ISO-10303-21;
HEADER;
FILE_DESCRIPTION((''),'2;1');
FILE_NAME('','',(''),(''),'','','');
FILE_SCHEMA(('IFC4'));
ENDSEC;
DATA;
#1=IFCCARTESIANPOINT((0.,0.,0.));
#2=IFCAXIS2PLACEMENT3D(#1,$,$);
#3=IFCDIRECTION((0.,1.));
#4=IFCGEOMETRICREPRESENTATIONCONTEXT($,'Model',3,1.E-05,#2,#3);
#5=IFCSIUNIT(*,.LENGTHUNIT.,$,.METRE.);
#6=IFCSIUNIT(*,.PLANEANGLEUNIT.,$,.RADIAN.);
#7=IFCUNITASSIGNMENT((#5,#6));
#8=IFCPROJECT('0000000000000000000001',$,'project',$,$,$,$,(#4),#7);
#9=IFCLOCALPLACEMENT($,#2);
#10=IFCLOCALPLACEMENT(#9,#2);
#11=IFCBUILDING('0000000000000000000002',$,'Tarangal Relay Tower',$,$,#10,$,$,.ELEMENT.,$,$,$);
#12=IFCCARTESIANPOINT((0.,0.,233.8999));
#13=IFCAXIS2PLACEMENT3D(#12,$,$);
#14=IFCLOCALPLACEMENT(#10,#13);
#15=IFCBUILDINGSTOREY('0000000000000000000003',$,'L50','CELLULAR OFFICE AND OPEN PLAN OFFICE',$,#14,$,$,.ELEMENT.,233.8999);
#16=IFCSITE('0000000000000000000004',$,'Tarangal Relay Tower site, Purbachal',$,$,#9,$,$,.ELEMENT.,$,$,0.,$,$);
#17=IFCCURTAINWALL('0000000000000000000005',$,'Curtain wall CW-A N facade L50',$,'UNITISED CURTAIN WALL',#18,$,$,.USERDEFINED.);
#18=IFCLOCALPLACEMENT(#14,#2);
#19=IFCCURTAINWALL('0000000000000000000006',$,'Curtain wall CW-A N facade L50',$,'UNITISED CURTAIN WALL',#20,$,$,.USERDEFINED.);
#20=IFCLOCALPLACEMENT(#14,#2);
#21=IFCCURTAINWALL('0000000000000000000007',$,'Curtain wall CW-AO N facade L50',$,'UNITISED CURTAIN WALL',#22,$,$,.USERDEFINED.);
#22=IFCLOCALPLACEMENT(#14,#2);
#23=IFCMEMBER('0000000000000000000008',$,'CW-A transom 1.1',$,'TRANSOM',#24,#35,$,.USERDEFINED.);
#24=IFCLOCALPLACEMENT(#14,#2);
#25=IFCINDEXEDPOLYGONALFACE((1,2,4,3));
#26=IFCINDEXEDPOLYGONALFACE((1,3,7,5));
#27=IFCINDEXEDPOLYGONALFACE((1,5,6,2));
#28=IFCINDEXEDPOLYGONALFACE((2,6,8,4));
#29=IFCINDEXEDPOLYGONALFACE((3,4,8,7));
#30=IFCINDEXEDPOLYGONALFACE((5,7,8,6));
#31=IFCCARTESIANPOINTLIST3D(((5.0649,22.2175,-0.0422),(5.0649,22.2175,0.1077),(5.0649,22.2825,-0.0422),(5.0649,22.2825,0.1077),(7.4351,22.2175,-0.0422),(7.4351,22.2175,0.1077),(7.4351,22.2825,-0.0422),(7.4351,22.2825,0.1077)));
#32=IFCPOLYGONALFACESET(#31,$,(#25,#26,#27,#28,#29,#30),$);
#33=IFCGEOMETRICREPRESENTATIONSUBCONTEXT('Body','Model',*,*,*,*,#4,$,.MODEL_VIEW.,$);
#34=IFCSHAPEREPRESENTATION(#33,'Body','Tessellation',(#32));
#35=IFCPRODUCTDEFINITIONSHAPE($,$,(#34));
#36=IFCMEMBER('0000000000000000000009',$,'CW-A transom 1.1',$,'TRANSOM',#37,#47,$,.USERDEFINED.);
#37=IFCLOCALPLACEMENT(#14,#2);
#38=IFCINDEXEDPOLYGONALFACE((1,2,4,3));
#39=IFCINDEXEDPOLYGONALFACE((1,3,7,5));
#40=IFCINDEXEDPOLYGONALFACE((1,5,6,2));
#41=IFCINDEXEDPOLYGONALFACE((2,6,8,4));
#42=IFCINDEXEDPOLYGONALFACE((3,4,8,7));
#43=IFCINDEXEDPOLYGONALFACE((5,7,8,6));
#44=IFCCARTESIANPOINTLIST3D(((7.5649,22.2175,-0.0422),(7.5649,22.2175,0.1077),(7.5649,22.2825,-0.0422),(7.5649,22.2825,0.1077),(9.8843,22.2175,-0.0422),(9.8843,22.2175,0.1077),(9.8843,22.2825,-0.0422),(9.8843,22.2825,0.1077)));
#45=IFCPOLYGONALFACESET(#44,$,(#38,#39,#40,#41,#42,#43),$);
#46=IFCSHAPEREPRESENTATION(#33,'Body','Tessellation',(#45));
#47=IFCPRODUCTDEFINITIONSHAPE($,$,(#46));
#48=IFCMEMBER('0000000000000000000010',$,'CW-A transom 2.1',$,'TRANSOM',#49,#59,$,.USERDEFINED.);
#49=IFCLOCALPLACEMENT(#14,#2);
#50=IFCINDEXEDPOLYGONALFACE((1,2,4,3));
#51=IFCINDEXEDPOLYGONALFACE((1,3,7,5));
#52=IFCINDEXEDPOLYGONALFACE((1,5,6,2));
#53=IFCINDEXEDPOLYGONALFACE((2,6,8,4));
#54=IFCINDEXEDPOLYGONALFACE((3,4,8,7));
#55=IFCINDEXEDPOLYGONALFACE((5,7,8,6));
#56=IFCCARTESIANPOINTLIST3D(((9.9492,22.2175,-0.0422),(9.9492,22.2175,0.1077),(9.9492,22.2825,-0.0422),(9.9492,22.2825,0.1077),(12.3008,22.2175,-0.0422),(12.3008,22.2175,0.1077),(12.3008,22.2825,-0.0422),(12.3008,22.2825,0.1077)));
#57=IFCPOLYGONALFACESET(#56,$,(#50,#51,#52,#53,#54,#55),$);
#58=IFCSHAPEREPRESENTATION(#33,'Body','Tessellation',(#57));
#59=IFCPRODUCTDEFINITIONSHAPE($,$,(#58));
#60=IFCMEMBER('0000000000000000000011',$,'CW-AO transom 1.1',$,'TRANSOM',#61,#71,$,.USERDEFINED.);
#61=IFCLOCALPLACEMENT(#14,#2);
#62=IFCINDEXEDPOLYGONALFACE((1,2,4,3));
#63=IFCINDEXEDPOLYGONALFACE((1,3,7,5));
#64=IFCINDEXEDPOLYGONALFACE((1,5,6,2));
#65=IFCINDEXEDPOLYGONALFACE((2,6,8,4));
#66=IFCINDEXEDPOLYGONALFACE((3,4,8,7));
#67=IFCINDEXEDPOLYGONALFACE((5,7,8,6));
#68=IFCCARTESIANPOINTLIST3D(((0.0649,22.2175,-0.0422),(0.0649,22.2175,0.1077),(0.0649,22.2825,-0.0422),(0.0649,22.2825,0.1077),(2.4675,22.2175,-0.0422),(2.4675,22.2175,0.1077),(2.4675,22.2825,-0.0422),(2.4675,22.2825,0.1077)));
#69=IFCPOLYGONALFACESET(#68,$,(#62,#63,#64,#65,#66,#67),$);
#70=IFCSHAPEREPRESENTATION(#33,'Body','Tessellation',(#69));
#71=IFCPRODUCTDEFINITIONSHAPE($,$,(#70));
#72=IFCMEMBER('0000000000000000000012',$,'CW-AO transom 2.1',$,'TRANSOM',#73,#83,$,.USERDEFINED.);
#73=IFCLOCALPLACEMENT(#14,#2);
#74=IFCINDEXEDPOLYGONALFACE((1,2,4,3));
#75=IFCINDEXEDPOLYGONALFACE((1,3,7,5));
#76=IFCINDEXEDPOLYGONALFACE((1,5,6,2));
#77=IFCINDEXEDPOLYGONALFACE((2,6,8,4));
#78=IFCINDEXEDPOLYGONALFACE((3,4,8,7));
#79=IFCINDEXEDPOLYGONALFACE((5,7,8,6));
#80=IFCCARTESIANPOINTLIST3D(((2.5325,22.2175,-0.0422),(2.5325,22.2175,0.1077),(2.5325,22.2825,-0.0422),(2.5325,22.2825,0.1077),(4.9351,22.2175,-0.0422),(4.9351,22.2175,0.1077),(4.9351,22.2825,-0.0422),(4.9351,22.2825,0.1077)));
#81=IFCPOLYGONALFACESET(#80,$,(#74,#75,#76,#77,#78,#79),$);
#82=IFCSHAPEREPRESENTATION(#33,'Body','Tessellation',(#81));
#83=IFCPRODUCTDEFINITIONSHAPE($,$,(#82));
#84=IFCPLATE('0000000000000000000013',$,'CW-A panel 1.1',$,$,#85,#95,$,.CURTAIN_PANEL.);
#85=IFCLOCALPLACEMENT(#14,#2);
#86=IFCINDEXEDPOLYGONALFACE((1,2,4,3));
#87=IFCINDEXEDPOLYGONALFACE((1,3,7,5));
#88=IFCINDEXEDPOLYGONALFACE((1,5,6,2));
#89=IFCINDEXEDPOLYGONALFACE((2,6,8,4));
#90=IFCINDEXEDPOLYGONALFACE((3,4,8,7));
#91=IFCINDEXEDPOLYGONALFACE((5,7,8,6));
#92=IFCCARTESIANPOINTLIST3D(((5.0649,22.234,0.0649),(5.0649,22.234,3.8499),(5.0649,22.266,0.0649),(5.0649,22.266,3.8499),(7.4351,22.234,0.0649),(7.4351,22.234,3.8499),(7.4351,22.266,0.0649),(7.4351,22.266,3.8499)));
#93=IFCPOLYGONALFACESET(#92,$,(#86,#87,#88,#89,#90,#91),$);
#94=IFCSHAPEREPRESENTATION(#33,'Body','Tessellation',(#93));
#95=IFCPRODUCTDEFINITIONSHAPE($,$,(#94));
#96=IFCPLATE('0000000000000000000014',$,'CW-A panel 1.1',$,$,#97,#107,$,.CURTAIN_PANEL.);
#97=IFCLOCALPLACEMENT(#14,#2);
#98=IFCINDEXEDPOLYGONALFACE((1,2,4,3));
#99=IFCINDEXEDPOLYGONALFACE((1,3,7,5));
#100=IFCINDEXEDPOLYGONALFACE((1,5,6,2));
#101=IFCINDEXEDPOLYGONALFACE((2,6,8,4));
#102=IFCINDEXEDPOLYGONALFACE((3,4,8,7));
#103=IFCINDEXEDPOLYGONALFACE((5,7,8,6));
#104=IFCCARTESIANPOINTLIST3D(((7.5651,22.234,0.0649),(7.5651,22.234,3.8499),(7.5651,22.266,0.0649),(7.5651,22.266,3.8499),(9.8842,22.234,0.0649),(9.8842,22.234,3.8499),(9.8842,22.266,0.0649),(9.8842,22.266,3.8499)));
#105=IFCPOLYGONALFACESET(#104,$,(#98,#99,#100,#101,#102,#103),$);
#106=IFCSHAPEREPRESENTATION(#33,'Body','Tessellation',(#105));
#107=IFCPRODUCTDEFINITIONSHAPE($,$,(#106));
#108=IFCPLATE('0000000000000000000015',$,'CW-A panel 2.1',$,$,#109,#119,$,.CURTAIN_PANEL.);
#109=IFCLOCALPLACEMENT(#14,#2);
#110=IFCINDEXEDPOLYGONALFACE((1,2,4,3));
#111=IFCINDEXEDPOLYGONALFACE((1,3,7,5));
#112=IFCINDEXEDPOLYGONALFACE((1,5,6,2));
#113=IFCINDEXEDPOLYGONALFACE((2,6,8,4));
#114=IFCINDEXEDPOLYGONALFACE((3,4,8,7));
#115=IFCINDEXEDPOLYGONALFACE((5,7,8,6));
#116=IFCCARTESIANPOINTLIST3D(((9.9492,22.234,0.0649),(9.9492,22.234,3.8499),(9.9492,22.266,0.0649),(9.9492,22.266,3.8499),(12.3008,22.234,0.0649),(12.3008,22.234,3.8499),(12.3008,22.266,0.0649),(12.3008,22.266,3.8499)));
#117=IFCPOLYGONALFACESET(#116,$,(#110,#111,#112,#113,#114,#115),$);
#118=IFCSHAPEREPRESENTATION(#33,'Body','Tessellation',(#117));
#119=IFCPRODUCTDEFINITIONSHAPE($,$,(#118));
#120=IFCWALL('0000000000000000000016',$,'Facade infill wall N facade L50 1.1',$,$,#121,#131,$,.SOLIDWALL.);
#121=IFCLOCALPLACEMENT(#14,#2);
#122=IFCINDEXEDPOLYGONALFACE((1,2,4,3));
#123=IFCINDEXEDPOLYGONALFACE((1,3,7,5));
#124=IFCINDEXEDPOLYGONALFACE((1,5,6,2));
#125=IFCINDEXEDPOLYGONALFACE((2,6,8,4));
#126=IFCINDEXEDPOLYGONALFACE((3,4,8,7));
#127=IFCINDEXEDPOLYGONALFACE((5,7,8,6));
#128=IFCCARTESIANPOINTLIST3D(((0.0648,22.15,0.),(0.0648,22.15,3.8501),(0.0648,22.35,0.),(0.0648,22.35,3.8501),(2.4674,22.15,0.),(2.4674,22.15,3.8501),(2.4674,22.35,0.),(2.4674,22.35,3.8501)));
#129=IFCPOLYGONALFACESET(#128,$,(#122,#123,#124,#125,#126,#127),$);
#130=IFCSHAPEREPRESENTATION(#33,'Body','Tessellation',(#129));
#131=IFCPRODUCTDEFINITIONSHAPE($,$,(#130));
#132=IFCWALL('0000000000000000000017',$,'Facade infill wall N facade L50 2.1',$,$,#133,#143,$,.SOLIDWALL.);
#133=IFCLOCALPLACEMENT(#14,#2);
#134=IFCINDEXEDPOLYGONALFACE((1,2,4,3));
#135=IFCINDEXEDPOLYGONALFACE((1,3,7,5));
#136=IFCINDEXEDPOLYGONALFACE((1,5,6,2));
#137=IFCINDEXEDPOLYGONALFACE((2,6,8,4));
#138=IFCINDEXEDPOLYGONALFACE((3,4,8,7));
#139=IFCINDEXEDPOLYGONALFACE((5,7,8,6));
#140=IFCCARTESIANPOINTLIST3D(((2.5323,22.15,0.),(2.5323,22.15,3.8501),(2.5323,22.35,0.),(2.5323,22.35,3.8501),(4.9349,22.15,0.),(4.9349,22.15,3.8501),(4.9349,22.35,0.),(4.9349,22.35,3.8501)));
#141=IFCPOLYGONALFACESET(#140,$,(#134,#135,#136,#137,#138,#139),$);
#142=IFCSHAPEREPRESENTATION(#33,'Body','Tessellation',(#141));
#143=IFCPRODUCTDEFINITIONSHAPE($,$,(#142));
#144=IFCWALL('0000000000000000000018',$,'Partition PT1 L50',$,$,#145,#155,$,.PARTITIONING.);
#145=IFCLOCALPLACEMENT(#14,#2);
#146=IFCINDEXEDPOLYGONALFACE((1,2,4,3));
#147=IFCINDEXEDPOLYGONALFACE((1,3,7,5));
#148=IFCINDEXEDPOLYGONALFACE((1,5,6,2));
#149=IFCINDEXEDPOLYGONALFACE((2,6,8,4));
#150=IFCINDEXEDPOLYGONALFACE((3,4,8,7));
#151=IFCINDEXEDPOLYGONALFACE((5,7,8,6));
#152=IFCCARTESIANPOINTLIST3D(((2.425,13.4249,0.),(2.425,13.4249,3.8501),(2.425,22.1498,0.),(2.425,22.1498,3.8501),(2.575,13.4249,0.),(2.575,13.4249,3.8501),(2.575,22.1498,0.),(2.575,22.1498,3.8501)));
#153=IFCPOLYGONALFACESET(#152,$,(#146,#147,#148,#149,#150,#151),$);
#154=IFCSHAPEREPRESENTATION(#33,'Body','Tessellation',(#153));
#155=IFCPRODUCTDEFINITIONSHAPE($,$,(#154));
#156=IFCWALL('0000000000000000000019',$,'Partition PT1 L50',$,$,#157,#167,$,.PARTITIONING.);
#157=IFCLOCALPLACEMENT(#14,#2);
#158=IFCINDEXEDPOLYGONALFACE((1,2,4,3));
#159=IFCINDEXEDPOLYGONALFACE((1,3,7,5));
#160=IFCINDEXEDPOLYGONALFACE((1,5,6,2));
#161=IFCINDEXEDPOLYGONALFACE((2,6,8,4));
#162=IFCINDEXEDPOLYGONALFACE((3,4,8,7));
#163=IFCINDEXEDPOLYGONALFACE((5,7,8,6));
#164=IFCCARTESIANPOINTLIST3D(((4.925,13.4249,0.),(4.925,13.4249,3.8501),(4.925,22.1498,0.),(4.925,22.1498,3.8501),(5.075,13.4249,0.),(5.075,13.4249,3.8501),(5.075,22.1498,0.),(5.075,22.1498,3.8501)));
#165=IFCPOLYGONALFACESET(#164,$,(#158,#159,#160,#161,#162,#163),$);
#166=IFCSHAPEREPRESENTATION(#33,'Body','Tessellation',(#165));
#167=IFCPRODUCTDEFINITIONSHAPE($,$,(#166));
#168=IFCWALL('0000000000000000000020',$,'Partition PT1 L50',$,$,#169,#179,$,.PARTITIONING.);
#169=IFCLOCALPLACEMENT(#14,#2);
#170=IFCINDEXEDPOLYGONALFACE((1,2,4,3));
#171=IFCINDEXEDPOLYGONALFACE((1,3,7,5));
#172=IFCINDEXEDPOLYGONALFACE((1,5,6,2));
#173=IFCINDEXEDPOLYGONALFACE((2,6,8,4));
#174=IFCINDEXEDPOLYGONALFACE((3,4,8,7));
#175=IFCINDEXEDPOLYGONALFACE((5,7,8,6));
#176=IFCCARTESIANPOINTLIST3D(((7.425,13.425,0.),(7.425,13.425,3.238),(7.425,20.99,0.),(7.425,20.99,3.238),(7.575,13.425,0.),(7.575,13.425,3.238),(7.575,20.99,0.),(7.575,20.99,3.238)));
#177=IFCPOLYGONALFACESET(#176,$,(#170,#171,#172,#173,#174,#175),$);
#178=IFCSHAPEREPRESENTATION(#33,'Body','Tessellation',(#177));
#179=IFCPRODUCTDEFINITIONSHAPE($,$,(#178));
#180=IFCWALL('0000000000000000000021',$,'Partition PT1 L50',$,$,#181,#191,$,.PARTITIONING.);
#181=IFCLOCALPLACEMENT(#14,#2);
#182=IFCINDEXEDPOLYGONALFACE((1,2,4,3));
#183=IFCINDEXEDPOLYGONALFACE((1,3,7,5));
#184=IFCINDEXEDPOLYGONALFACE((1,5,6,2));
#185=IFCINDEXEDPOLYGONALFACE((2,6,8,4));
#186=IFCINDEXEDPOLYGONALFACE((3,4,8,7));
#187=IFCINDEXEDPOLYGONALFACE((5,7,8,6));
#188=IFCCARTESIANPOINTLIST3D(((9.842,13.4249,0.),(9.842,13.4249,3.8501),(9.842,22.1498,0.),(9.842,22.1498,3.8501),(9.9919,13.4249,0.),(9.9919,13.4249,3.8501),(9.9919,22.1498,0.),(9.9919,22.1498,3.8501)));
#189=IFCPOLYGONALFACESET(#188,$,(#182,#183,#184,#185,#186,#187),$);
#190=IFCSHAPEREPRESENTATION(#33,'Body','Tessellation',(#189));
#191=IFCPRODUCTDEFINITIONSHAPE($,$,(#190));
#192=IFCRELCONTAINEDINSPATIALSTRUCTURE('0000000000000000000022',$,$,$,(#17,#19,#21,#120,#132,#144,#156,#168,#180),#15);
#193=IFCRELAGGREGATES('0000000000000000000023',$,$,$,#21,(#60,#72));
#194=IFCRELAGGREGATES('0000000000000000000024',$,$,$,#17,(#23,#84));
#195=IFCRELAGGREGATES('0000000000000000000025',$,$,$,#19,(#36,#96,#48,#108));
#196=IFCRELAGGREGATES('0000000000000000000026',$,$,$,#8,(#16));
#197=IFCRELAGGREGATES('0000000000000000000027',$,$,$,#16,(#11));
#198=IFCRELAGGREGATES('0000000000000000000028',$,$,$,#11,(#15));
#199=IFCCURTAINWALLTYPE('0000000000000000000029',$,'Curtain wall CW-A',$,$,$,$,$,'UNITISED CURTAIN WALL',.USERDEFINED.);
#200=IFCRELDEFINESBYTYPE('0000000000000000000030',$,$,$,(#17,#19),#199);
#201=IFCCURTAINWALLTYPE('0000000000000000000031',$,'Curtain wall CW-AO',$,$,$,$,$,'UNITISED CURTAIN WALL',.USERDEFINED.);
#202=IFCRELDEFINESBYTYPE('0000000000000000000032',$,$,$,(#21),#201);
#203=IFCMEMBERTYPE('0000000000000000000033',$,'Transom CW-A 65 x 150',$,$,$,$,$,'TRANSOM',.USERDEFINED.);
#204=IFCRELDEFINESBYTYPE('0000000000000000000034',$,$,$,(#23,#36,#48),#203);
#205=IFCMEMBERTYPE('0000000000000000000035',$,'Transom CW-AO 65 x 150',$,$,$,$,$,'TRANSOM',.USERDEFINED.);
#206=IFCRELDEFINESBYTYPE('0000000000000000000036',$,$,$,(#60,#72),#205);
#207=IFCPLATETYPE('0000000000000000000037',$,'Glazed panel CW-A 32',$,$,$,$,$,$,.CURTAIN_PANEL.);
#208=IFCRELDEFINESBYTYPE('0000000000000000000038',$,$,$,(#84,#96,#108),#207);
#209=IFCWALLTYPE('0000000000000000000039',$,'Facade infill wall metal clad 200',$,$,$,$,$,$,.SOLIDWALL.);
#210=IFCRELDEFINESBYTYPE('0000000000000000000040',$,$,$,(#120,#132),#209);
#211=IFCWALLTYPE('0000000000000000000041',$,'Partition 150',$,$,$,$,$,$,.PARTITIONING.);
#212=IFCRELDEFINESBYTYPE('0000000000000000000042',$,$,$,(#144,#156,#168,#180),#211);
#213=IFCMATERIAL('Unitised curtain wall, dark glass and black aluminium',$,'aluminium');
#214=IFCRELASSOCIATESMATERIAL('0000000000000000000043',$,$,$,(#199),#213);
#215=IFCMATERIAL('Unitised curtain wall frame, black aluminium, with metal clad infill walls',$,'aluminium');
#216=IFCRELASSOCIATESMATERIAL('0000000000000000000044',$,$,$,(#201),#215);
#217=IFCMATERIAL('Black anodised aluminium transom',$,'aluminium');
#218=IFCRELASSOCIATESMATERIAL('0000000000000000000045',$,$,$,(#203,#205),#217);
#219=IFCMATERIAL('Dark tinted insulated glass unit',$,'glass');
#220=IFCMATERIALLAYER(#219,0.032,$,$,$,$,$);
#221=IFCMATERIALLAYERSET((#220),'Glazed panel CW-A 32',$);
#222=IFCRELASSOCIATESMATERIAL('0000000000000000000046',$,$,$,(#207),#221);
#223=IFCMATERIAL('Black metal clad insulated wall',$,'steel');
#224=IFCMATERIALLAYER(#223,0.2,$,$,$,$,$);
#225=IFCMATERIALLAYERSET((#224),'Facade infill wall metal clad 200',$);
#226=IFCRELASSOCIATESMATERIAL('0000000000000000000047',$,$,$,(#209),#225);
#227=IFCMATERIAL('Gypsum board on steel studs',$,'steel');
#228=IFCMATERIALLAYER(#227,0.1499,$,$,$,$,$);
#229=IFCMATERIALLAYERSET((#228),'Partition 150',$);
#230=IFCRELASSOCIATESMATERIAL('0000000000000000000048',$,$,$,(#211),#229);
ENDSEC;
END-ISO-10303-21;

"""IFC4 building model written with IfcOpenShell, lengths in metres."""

from ifc_helpers import new_model, si_unit, direction, frame, frame_2d, origin, origin_2d, place, context, subcontext, project, spatial, rectangle, extrude, material, layer, layer_set, material_profile, profile_set, type_object, element, aggregate, save


model = new_model("IFC4")

# Units and contexts
model_context = context("Model", 3, precision=1e-05, world=origin(), true_north=direction((0.0, 1.0)))
body_context = subcontext(model_context, "Body", "Model", "MODEL_VIEW")
ifc_project = project(units=[si_unit("LENGTHUNIT", "METRE"), si_unit("PLANEANGLEUNIT", "RADIAN")], contexts=[model_context])

# Site, building, storey
site_placement = place(None, origin())
site = spatial("IfcSite", under=ifc_project, at=site_placement, Name="Tarangal Relay Tower site, Purbachal", CompositionType="ELEMENT", RefElevation=0.0)
building_placement = place(site_placement, origin())
building = spatial("IfcBuilding", under=site, at=building_placement, Name="Tarangal Relay Tower", CompositionType="ELEMENT")
storey_placement = place(building_placement, frame((0.0, 0.0, 233.8999)))
storey = spatial("IfcBuildingStorey", under=building, at=storey_placement, Name="L50", Description="CELLULAR OFFICE AND OPEN PLAN OFFICE", CompositionType="ELEMENT", Elevation=233.8999)

# Curtain walls
ifc_material_1 = material(Name="Unitised curtain wall, dark glass and black aluminium", Category="aluminium")
curtain_wall_type_1 = type_object("IfcCurtainWallType", Name="Curtain wall CW-A", ElementType="UNITISED CURTAIN WALL", PredefinedType="USERDEFINED", material=ifc_material_1)
curtain_wall_1_placement = place(storey_placement, origin())
curtain_wall_1 = element("IfcCurtainWall", 1, at=curtain_wall_1_placement, inside=storey, type_object=curtain_wall_type_1, Name="Curtain wall CW-A N facade L50", ObjectType="UNITISED CURTAIN WALL", PredefinedType="USERDEFINED")
curtain_wall_2_placement = place(storey_placement, origin())
curtain_wall_2 = element("IfcCurtainWall", 2, at=curtain_wall_2_placement, inside=storey, type_object=curtain_wall_type_1, Name="Curtain wall CW-A N facade L50", ObjectType="UNITISED CURTAIN WALL", PredefinedType="USERDEFINED")
ifc_material_2 = material(Name="Unitised curtain wall frame, black aluminium, with metal clad infill walls", Category="aluminium")
curtain_wall_type_2 = type_object("IfcCurtainWallType", Name="Curtain wall CW-AO", ElementType="UNITISED CURTAIN WALL", PredefinedType="USERDEFINED", material=ifc_material_2)
curtain_wall_3_placement = place(storey_placement, origin())
curtain_wall_3 = element("IfcCurtainWall", 3, at=curtain_wall_3_placement, inside=storey, type_object=curtain_wall_type_2, Name="Curtain wall CW-AO N facade L50", ObjectType="UNITISED CURTAIN WALL", PredefinedType="USERDEFINED")

# Members
ifc_material_3 = material(Name="Black anodised aluminium transom", Category="aluminium")
ifc_material_profile_1 = material_profile(ifc_material_3, rectangle(XDim=0.0649, YDim=0.1499, at=origin_2d()), Name="CW-AT 65X150")
ifc_profile_set_1 = profile_set([ifc_material_profile_1], Name="Black anodised aluminium transom")
member_type_1 = type_object("IfcMemberType", Name="Transom CW-A 65 x 150", ElementType="TRANSOM", PredefinedType="USERDEFINED", material=ifc_profile_set_1)
member_1_placement = place(storey_placement, frame((5.0649, 22.25, 0.0327), z_axis=(1.0, 0.0, 0.0), x_axis=(0.0, 1.0, 0.0)))
member_1 = element("IfcMember", 4, at=member_1_placement, type_object=member_type_1, Name="CW-A transom 1.1", ObjectType="TRANSOM", PredefinedType="USERDEFINED", context=body_context, shape_type="SweptSolid", body=[
    extrude(rectangle(XDim=0.0649, YDim=0.1499, at=origin_2d()), origin(), (0.0, 0.0, 1.0), 2.3701),
])
member_2_placement = place(storey_placement, frame((7.5649, 22.25, 0.0327), z_axis=(1.0, 0.0, 0.0), x_axis=(0.0, 1.0, 0.0)))
member_2 = element("IfcMember", 5, at=member_2_placement, type_object=member_type_1, Name="CW-A transom 1.1", ObjectType="TRANSOM", PredefinedType="USERDEFINED", context=body_context, shape_type="SweptSolid", body=[
    extrude(rectangle(XDim=0.0649, YDim=0.1499, at=origin_2d()), origin(), (0.0, 0.0, 1.0), 2.3193),
])
member_3_placement = place(storey_placement, frame((9.9492, 22.25, 0.0327), z_axis=(1.0, 0.0, 0.0), x_axis=(0.0, 1.0, 0.0)))
member_3 = element("IfcMember", 6, at=member_3_placement, type_object=member_type_1, Name="CW-A transom 2.1", ObjectType="TRANSOM", PredefinedType="USERDEFINED", context=body_context, shape_type="SweptSolid", body=[
    extrude(rectangle(XDim=0.0649, YDim=0.1499, at=origin_2d()), origin(), (0.0, 0.0, 1.0), 2.3516),
])
ifc_material_profile_2 = material_profile(ifc_material_3, rectangle(XDim=0.0649, YDim=0.1499, at=origin_2d()), Name="CW-AOT 65X150")
ifc_profile_set_2 = profile_set([ifc_material_profile_2], Name="Black anodised aluminium transom")
member_type_2 = type_object("IfcMemberType", Name="Transom CW-AO 65 x 150", ElementType="TRANSOM", PredefinedType="USERDEFINED", material=ifc_profile_set_2)
member_4_placement = place(storey_placement, frame((0.0649, 22.25, 0.0327), z_axis=(1.0, 0.0, 0.0), x_axis=(0.0, 1.0, 0.0)))
member_4 = element("IfcMember", 7, at=member_4_placement, type_object=member_type_2, Name="CW-AO transom 1.1", ObjectType="TRANSOM", PredefinedType="USERDEFINED", context=body_context, shape_type="SweptSolid", body=[
    extrude(rectangle(XDim=0.0649, YDim=0.1499, at=origin_2d()), origin(), (0.0, 0.0, 1.0), 2.4026),
])
member_5_placement = place(storey_placement, frame((2.5325, 22.25, 0.0327), z_axis=(1.0, 0.0, 0.0), x_axis=(0.0, 1.0, 0.0)))
member_5 = element("IfcMember", 8, at=member_5_placement, type_object=member_type_2, Name="CW-AO transom 2.1", ObjectType="TRANSOM", PredefinedType="USERDEFINED", context=body_context, shape_type="SweptSolid", body=[
    extrude(rectangle(XDim=0.0649, YDim=0.1499, at=origin_2d()), origin(), (0.0, 0.0, 1.0), 2.4026),
])
aggregate(curtain_wall_3, [member_4, member_5])

# Plates
ifc_material_4 = material(Name="Dark tinted insulated glass unit", Category="glass")
ifc_layer_1 = layer(ifc_material_4, 0.032)
ifc_layer_set_1 = layer_set([ifc_layer_1], Name="Glazed panel CW-A 32")
plate_type = type_object("IfcPlateType", Name="Glazed panel CW-A 32", PredefinedType="CURTAIN_PANEL", material=ifc_layer_set_1)
plate_1_placement = place(storey_placement, frame((6.25, 22.25, 0.0649), z_axis=(0.0, 0.0, 1.0), x_axis=(1.0, 0.0, 0.0)))
plate_1 = element("IfcPlate", 9, at=plate_1_placement, type_object=plate_type, Name="CW-A panel 1.1", PredefinedType="CURTAIN_PANEL", context=body_context, shape_type="SweptSolid", body=[
    extrude(rectangle(XDim=2.3701, YDim=0.032, at=origin_2d()), origin(), (0.0, 0.0, 1.0), 3.7849),
])
aggregate(curtain_wall_1, [member_1, plate_1])
plate_2_placement = place(storey_placement, frame((8.7246, 22.25, 0.0649), z_axis=(0.0, 0.0, 1.0), x_axis=(1.0, 0.0, 0.0)))
plate_2 = element("IfcPlate", 10, at=plate_2_placement, type_object=plate_type, Name="CW-A panel 1.1", PredefinedType="CURTAIN_PANEL", context=body_context, shape_type="SweptSolid", body=[
    extrude(rectangle(XDim=2.3191, YDim=0.032, at=origin_2d()), origin(), (0.0, 0.0, 1.0), 3.7849),
])
plate_3_placement = place(storey_placement, frame((11.125, 22.25, 0.0649), z_axis=(0.0, 0.0, 1.0), x_axis=(1.0, 0.0, 0.0)))
plate_3 = element("IfcPlate", 11, at=plate_3_placement, type_object=plate_type, Name="CW-A panel 2.1", PredefinedType="CURTAIN_PANEL", context=body_context, shape_type="SweptSolid", body=[
    extrude(rectangle(XDim=2.3516, YDim=0.032, at=origin_2d()), origin(), (0.0, 0.0, 1.0), 3.7849),
])
aggregate(curtain_wall_2, [member_2, plate_2, member_3, plate_3])

# Walls
ifc_material_5 = material(Name="Black metal clad insulated wall", Category="steel")
ifc_layer_2 = layer(ifc_material_5, 0.2)
ifc_layer_set_2 = layer_set([ifc_layer_2], Name="Facade infill wall metal clad 200")
wall_type_1 = type_object("IfcWallType", Name="Facade infill wall metal clad 200", PredefinedType="SOLIDWALL", material=ifc_layer_set_2)
for number, where, z_axis, x_axis, name in (
    (12, (0.0649, 22.25, 0.0), (0.0, 0.0, 1.0), (1.0, 0.0, 0.0), "Facade infill wall N facade L50 1.1"),
    (13, (2.5325, 22.25, 0.0), (0.0, 0.0, 1.0), (1.0, 0.0, 0.0), "Facade infill wall N facade L50 2.1"),
):
    element("IfcWall", number, at=place(storey_placement, frame(where, z_axis=z_axis, x_axis=x_axis)), inside=storey, type_object=wall_type_1, Name=name, PredefinedType="SOLIDWALL", context=body_context, shape_type="SweptSolid", body=[
        extrude(rectangle(XDim=2.4026, YDim=0.2, at=frame_2d((1.2012, 0.0))), origin(), (0.0, 0.0, 1.0), 3.8501),
    ])
ifc_material_6 = material(Name="Gypsum board on steel studs", Category="steel")
ifc_layer_3 = layer(ifc_material_6, 0.1499)
ifc_layer_set_3 = layer_set([ifc_layer_3], Name="Partition 150")
wall_type_2 = type_object("IfcWallType", Name="Partition 150", PredefinedType="PARTITIONING", material=ifc_layer_set_3)
for number, where, z_axis, x_axis, name in (
    (14, (2.5, 13.425, 0.0), (0.0, 0.0, 1.0), (0.0, 1.0, 0.0), "Partition PT1 L50"),
    (15, (5.0, 13.425, 0.0), (0.0, 0.0, 1.0), (0.0, 1.0, 0.0), "Partition PT1 L50"),
):
    element("IfcWall", number, at=place(storey_placement, frame(where, z_axis=z_axis, x_axis=x_axis)), inside=storey, type_object=wall_type_2, Name=name, PredefinedType="PARTITIONING", context=body_context, shape_type="SweptSolid", body=[
        extrude(rectangle(XDim=8.7249, YDim=0.1499, at=frame_2d((4.3623, 0.0))), origin(), (0.0, 0.0, 1.0), 3.8501),
    ])
wall_1_placement = place(storey_placement, frame((7.5, 13.425, 0.0), z_axis=(0.0, 0.0, 1.0), x_axis=(0.0, 1.0, 0.0)))
element("IfcWall", 16, at=wall_1_placement, inside=storey, type_object=wall_type_2, Name="Partition PT1 L50", PredefinedType="PARTITIONING", context=body_context, shape_type="SweptSolid", body=[
    extrude(rectangle(XDim=7.5649, YDim=0.1499, at=frame_2d((3.7825, 0.0))), origin(), (0.0, 0.0, 1.0), 3.238),
])
wall_2_placement = place(storey_placement, frame((9.917, 13.425, 0.0), z_axis=(0.0, 0.0, 1.0), x_axis=(0.0, 1.0, 0.0)))
element("IfcWall", 17, at=wall_2_placement, inside=storey, type_object=wall_type_2, Name="Partition PT1 L50", PredefinedType="PARTITIONING", context=body_context, shape_type="SweptSolid", body=[
    extrude(rectangle(XDim=8.7249, YDim=0.1499, at=frame_2d((4.3623, 0.0))), origin(), (0.0, 0.0, 1.0), 3.8501),
])

save(model, "model.ifc")
